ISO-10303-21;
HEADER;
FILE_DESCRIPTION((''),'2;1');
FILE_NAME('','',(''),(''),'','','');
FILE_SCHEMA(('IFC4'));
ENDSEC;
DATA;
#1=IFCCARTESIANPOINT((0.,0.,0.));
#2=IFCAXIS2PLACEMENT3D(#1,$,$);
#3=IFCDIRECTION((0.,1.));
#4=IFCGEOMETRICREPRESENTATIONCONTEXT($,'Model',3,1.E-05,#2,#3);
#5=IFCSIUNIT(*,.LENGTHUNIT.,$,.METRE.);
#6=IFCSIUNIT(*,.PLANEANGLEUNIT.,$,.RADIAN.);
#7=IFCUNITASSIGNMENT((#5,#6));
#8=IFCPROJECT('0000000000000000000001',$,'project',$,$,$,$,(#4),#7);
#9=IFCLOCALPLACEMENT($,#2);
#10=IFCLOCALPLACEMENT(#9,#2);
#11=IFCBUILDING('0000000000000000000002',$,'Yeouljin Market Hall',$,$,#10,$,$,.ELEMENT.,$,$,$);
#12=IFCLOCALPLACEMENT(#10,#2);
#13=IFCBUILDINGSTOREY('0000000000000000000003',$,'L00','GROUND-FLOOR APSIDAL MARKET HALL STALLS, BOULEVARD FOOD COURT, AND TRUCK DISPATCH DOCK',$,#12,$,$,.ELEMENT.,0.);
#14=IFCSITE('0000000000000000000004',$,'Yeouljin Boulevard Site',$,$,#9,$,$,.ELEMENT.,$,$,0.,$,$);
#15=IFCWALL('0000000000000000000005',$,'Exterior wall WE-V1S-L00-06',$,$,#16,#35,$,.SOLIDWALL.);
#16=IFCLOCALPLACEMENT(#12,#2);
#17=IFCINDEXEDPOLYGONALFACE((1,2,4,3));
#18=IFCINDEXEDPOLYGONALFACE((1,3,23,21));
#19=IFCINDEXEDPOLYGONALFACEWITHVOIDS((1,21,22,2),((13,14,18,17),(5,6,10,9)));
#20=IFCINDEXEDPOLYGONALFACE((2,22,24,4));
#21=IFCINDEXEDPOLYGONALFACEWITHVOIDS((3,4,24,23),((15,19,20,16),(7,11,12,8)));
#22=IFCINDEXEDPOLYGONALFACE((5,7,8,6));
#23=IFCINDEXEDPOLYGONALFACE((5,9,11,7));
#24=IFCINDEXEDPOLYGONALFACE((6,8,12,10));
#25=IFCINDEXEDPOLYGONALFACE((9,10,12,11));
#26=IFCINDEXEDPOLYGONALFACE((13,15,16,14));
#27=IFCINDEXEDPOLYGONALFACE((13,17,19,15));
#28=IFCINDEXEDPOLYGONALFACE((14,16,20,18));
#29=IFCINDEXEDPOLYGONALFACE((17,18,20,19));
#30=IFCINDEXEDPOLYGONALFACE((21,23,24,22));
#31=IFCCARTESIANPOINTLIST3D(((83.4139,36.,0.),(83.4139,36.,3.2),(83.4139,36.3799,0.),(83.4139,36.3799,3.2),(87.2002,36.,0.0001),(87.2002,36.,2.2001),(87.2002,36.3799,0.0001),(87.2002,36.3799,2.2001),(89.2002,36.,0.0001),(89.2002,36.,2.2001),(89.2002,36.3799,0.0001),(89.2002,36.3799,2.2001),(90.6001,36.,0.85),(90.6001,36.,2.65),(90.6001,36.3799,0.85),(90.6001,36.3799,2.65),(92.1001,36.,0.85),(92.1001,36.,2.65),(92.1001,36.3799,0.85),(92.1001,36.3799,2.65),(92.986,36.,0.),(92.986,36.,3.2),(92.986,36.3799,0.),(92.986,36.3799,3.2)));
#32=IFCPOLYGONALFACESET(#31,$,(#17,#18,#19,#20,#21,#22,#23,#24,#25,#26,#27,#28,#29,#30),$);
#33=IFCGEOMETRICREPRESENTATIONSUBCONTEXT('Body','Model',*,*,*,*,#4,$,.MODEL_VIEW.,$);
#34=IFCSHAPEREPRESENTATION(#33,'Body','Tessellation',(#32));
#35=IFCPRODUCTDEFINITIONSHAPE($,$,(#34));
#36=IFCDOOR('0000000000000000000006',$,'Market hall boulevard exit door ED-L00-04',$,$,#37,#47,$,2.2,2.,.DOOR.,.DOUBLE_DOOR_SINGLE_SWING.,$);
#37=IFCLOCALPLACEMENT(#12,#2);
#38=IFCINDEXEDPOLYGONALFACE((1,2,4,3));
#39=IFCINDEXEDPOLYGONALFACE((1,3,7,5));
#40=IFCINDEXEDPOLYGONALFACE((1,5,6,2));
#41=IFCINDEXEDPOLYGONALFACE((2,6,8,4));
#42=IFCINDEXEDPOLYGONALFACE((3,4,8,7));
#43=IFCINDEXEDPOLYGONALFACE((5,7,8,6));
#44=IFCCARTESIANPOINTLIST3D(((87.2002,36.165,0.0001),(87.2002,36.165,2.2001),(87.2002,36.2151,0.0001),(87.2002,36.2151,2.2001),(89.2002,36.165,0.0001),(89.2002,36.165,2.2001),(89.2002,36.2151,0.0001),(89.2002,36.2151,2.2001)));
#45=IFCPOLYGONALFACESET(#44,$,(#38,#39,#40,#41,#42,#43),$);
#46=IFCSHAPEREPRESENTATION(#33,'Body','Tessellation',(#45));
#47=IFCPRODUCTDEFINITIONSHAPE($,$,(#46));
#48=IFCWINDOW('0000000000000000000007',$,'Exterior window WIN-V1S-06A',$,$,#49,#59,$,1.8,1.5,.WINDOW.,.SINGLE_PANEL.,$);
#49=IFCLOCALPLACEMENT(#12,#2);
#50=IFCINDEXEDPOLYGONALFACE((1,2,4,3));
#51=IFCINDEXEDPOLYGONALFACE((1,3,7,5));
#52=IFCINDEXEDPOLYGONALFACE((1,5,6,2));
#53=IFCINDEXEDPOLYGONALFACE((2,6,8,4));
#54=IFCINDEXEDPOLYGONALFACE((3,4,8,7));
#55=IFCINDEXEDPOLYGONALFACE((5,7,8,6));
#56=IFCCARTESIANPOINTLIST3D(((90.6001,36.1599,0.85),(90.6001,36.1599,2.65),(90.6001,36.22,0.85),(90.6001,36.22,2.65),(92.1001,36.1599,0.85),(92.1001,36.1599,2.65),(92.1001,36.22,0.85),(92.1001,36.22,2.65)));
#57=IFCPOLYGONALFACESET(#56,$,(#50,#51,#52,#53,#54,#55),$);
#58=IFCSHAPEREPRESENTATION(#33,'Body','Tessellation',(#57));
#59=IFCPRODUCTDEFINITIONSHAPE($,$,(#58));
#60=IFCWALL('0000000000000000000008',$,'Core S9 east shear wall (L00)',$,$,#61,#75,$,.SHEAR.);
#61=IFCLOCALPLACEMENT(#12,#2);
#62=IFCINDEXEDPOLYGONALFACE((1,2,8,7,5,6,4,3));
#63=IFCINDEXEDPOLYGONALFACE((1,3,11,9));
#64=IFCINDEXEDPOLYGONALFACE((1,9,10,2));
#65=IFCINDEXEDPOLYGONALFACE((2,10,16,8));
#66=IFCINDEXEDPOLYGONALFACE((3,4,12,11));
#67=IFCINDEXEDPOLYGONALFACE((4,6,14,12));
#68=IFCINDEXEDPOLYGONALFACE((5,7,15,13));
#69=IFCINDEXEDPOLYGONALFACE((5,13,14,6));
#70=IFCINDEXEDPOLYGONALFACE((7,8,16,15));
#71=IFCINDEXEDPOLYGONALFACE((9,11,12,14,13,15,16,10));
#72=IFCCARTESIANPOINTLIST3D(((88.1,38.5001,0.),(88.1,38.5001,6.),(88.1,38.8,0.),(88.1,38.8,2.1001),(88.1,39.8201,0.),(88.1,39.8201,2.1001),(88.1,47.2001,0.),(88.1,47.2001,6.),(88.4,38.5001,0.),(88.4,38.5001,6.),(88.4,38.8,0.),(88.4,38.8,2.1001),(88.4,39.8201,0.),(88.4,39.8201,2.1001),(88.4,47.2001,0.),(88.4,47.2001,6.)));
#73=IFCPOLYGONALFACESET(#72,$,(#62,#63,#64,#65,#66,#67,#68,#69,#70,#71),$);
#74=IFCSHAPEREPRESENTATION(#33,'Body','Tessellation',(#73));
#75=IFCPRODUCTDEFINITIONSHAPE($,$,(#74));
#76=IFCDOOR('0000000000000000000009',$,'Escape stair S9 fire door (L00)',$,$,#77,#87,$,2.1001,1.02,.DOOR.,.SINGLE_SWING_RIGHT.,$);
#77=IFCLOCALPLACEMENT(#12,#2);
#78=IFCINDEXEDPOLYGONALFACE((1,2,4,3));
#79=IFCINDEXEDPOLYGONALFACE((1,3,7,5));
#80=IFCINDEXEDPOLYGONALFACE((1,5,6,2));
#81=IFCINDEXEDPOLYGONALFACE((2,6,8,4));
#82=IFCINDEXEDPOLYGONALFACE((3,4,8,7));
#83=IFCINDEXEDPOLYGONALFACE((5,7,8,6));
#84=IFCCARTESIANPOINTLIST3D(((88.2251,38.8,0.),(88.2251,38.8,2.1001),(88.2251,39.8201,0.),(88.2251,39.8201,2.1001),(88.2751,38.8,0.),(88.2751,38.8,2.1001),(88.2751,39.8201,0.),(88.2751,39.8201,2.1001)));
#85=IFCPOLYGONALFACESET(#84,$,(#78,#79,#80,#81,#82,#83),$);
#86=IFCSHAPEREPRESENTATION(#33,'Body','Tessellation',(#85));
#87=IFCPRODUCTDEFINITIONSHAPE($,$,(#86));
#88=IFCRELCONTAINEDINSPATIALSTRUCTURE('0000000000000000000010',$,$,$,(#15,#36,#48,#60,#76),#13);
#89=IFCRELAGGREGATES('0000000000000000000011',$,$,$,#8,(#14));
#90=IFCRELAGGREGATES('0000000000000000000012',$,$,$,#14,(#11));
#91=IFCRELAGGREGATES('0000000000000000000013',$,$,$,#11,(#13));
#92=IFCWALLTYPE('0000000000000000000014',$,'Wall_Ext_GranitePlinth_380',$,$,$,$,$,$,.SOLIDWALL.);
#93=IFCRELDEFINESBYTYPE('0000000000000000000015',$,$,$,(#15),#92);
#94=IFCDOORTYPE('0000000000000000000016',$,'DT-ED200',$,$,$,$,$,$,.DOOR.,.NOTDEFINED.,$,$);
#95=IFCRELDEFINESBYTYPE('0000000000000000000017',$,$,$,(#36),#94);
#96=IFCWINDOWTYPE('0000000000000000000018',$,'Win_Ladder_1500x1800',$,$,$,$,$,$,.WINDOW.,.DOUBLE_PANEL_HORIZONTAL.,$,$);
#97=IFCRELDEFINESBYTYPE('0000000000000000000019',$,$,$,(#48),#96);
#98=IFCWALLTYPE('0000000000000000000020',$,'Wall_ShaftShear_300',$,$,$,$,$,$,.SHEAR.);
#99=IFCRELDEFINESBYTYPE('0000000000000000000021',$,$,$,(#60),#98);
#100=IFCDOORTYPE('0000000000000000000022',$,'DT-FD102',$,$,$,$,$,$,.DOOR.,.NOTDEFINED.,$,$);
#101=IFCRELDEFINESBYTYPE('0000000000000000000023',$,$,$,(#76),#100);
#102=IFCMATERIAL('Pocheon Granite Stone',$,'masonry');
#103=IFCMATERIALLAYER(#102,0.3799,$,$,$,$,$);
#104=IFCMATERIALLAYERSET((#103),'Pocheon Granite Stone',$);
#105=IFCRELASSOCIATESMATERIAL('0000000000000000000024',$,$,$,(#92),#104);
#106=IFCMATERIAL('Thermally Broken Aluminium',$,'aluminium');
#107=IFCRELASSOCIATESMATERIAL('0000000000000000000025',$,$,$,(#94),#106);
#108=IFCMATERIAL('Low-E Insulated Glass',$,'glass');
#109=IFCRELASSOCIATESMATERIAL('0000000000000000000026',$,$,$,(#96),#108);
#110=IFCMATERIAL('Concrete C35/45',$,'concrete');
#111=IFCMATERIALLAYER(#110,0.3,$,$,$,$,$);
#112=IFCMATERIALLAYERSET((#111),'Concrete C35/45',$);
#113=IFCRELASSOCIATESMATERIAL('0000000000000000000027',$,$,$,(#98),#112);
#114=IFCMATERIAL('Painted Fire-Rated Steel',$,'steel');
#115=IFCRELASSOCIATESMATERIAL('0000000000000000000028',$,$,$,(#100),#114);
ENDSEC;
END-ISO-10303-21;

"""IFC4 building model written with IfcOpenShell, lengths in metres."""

from ifc_helpers import new_model, si_unit, direction, frame, frame_2d, origin, place, context, subcontext, project, spatial, rectangle, extrude, material, layer, layer_set, type_object, element, fill, save


model = new_model("IFC4")

# Units and contexts
model_context = context("Model", 3, precision=1e-05, world=origin(), true_north=direction((0.0, 1.0)))
body_context = subcontext(model_context, "Body", "Model", "MODEL_VIEW")
ifc_project = project(units=[si_unit("LENGTHUNIT", "METRE"), si_unit("PLANEANGLEUNIT", "RADIAN")], contexts=[model_context])

# Site, building, storey
site_placement = place(None, origin())
site = spatial("IfcSite", under=ifc_project, at=site_placement, Name="Yeouljin Boulevard Site", CompositionType="ELEMENT", RefElevation=0.0)
building_placement = place(site_placement, origin())
building = spatial("IfcBuilding", under=site, at=building_placement, Name="Yeouljin Market Hall", CompositionType="ELEMENT")
storey_placement = place(building_placement, origin())
storey = spatial("IfcBuildingStorey", under=building, at=storey_placement, Name="L00", Description="GROUND-FLOOR APSIDAL MARKET HALL STALLS, BOULEVARD FOOD COURT, AND TRUCK DISPATCH DOCK", CompositionType="ELEMENT", Elevation=0.0)

# Wall, openings, door, window
ifc_material_1 = material(Name="Pocheon Granite Stone", Category="masonry")
ifc_layer_1 = layer(ifc_material_1, 0.3799)
ifc_layer_set_1 = layer_set([ifc_layer_1], Name="Pocheon Granite Stone")
wall_type_1 = type_object("IfcWallType", Name="Wall_Ext_GranitePlinth_380", PredefinedType="SOLIDWALL", material=ifc_layer_set_1)
wall_1_placement = place(storey_placement, frame((92.9861, 36.1899, 0.0), z_axis=(0.0, 0.0, 1.0), x_axis=(-1.0, 0.0, 0.0)))
wall_1 = element("IfcWall", 1, at=wall_1_placement, inside=storey, type_object=wall_type_1, Name="Exterior wall WE-V1S-L00-06", PredefinedType="SOLIDWALL", context=body_context, shape_type="SweptSolid", body=[
    extrude(rectangle(XDim=9.572, YDim=0.3799, at=frame_2d((4.7861, 0.0))), origin(), (0.0, 0.0, 1.0), 3.2),
])
opening_1_placement = place(wall_1_placement, frame((3.7859, 0.0, 0.0)))
opening_1 = element("IfcOpeningElement", 2, at=opening_1_placement, cuts=wall_1, PredefinedType="OPENING", context=body_context, shape_type="SweptSolid", body=[
    extrude(rectangle(XDim=2.0, YDim=2.2, at=frame_2d((1.0, 1.1001))), frame((0.0, 0.2, 0.0), z_axis=(0.0, -1.0, 0.0), x_axis=(1.0, 0.0, 0.0)), (0.0, 0.0, 1.0), 0.3999),
])
opening_2_placement = place(wall_1_placement, frame((0.886, 0.0, 0.8501)))
opening_2 = element("IfcOpeningElement", 3, at=opening_2_placement, cuts=wall_1, PredefinedType="OPENING", context=body_context, shape_type="SweptSolid", body=[
    extrude(rectangle(XDim=1.5, YDim=1.8, at=frame_2d((0.75, 0.8999))), frame((0.0, 0.2, 0.0), z_axis=(0.0, -1.0, 0.0), x_axis=(1.0, 0.0, 0.0)), (0.0, 0.0, 1.0), 0.3999),
])
ifc_material_2 = material(Name="Thermally Broken Aluminium", Category="aluminium")
door_type_1 = type_object("IfcDoorType", Name="DT-ED200", OperationType="NOTDEFINED", PredefinedType="DOOR", material=ifc_material_2)
door_1_placement = place(opening_1_placement, origin())
door_1 = element("IfcDoor", 4, at=door_1_placement, inside=storey, type_object=door_type_1, Name="Market hall boulevard exit door ED-L00-04", OperationType="DOUBLE_DOOR_SINGLE_SWING", OverallHeight=2.2, OverallWidth=2.0, PredefinedType="DOOR", context=body_context, shape_type="SweptSolid", body=[
    extrude(rectangle(XDim=2.0, YDim=2.2, at=frame_2d((1.0, 1.1001))), frame((0.0, 0.0249, 0.0), z_axis=(0.0, -1.0, 0.0), x_axis=(1.0, 0.0, 0.0)), (0.0, 0.0, 1.0), 0.05),
])
fill(opening_1, door_1)
ifc_material_3 = material(Name="Low-E Insulated Glass", Category="glass")
window_type = type_object("IfcWindowType", Name="Win_Ladder_1500x1800", PartitioningType="DOUBLE_PANEL_HORIZONTAL", PredefinedType="WINDOW", material=ifc_material_3)
window_placement = place(opening_2_placement, origin())
window = element("IfcWindow", 5, at=window_placement, inside=storey, type_object=window_type, Name="Exterior window WIN-V1S-06A", OverallHeight=1.8, OverallWidth=1.5, PartitioningType="SINGLE_PANEL", PredefinedType="WINDOW", context=body_context, shape_type="SweptSolid", body=[
    extrude(rectangle(XDim=1.5, YDim=1.8, at=frame_2d((0.75, 0.8999))), frame((0.0, 0.03, 0.0), z_axis=(0.0, -1.0, 0.0), x_axis=(1.0, 0.0, 0.0)), (0.0, 0.0, 1.0), 0.0601),
])
fill(opening_2, window)

# Wall, opening, door
ifc_material_4 = material(Name="Concrete C35/45", Category="concrete")
ifc_layer_2 = layer(ifc_material_4, 0.3)
ifc_layer_set_2 = layer_set([ifc_layer_2], Name="Concrete C35/45")
wall_type_2 = type_object("IfcWallType", Name="Wall_ShaftShear_300", PredefinedType="SHEAR", material=ifc_layer_set_2)
wall_2_placement = place(storey_placement, frame((88.25, 38.5, 0.0), z_axis=(0.0, 0.0, 1.0), x_axis=(0.0, 1.0, 0.0)))
wall_2 = element("IfcWall", 6, at=wall_2_placement, inside=storey, type_object=wall_type_2, Name="Core S9 east shear wall (L00)", PredefinedType="SHEAR", context=body_context, shape_type="SweptSolid", body=[
    extrude(rectangle(XDim=8.7, YDim=0.3, at=frame_2d((4.3501, 0.0))), origin(), (0.0, 0.0, 1.0), 6.0),
])
opening_3_placement = place(wall_2_placement, frame((0.3, 0.0, 0.0)))
opening_3 = element("IfcOpeningElement", 7, at=opening_3_placement, cuts=wall_2, PredefinedType="OPENING", context=body_context, shape_type="SweptSolid", body=[
    extrude(rectangle(XDim=1.02, YDim=2.1001, at=frame_2d((0.51, 1.05))), frame((0.0, 0.1599, 0.0), z_axis=(0.0, -1.0, 0.0), x_axis=(1.0, 0.0, 0.0)), (0.0, 0.0, 1.0), 0.3201),
])
ifc_material_5 = material(Name="Painted Fire-Rated Steel", Category="steel")
door_type_2 = type_object("IfcDoorType", Name="DT-FD102", OperationType="NOTDEFINED", PredefinedType="DOOR", material=ifc_material_5)
door_2_placement = place(opening_3_placement, origin())
door_2 = element("IfcDoor", 8, at=door_2_placement, inside=storey, type_object=door_type_2, Name="Escape stair S9 fire door (L00)", OperationType="SINGLE_SWING_RIGHT", OverallHeight=2.1001, OverallWidth=1.02, PredefinedType="DOOR", context=body_context, shape_type="SweptSolid", body=[
    extrude(rectangle(XDim=1.02, YDim=2.1001, at=frame_2d((0.51, 1.05))), frame((0.0, 0.0249, 0.0), z_axis=(0.0, -1.0, 0.0), x_axis=(1.0, 0.0, 0.0)), (0.0, 0.0, 1.0), 0.05),
])
fill(opening_3, door_2)

save(model, "model.ifc")
